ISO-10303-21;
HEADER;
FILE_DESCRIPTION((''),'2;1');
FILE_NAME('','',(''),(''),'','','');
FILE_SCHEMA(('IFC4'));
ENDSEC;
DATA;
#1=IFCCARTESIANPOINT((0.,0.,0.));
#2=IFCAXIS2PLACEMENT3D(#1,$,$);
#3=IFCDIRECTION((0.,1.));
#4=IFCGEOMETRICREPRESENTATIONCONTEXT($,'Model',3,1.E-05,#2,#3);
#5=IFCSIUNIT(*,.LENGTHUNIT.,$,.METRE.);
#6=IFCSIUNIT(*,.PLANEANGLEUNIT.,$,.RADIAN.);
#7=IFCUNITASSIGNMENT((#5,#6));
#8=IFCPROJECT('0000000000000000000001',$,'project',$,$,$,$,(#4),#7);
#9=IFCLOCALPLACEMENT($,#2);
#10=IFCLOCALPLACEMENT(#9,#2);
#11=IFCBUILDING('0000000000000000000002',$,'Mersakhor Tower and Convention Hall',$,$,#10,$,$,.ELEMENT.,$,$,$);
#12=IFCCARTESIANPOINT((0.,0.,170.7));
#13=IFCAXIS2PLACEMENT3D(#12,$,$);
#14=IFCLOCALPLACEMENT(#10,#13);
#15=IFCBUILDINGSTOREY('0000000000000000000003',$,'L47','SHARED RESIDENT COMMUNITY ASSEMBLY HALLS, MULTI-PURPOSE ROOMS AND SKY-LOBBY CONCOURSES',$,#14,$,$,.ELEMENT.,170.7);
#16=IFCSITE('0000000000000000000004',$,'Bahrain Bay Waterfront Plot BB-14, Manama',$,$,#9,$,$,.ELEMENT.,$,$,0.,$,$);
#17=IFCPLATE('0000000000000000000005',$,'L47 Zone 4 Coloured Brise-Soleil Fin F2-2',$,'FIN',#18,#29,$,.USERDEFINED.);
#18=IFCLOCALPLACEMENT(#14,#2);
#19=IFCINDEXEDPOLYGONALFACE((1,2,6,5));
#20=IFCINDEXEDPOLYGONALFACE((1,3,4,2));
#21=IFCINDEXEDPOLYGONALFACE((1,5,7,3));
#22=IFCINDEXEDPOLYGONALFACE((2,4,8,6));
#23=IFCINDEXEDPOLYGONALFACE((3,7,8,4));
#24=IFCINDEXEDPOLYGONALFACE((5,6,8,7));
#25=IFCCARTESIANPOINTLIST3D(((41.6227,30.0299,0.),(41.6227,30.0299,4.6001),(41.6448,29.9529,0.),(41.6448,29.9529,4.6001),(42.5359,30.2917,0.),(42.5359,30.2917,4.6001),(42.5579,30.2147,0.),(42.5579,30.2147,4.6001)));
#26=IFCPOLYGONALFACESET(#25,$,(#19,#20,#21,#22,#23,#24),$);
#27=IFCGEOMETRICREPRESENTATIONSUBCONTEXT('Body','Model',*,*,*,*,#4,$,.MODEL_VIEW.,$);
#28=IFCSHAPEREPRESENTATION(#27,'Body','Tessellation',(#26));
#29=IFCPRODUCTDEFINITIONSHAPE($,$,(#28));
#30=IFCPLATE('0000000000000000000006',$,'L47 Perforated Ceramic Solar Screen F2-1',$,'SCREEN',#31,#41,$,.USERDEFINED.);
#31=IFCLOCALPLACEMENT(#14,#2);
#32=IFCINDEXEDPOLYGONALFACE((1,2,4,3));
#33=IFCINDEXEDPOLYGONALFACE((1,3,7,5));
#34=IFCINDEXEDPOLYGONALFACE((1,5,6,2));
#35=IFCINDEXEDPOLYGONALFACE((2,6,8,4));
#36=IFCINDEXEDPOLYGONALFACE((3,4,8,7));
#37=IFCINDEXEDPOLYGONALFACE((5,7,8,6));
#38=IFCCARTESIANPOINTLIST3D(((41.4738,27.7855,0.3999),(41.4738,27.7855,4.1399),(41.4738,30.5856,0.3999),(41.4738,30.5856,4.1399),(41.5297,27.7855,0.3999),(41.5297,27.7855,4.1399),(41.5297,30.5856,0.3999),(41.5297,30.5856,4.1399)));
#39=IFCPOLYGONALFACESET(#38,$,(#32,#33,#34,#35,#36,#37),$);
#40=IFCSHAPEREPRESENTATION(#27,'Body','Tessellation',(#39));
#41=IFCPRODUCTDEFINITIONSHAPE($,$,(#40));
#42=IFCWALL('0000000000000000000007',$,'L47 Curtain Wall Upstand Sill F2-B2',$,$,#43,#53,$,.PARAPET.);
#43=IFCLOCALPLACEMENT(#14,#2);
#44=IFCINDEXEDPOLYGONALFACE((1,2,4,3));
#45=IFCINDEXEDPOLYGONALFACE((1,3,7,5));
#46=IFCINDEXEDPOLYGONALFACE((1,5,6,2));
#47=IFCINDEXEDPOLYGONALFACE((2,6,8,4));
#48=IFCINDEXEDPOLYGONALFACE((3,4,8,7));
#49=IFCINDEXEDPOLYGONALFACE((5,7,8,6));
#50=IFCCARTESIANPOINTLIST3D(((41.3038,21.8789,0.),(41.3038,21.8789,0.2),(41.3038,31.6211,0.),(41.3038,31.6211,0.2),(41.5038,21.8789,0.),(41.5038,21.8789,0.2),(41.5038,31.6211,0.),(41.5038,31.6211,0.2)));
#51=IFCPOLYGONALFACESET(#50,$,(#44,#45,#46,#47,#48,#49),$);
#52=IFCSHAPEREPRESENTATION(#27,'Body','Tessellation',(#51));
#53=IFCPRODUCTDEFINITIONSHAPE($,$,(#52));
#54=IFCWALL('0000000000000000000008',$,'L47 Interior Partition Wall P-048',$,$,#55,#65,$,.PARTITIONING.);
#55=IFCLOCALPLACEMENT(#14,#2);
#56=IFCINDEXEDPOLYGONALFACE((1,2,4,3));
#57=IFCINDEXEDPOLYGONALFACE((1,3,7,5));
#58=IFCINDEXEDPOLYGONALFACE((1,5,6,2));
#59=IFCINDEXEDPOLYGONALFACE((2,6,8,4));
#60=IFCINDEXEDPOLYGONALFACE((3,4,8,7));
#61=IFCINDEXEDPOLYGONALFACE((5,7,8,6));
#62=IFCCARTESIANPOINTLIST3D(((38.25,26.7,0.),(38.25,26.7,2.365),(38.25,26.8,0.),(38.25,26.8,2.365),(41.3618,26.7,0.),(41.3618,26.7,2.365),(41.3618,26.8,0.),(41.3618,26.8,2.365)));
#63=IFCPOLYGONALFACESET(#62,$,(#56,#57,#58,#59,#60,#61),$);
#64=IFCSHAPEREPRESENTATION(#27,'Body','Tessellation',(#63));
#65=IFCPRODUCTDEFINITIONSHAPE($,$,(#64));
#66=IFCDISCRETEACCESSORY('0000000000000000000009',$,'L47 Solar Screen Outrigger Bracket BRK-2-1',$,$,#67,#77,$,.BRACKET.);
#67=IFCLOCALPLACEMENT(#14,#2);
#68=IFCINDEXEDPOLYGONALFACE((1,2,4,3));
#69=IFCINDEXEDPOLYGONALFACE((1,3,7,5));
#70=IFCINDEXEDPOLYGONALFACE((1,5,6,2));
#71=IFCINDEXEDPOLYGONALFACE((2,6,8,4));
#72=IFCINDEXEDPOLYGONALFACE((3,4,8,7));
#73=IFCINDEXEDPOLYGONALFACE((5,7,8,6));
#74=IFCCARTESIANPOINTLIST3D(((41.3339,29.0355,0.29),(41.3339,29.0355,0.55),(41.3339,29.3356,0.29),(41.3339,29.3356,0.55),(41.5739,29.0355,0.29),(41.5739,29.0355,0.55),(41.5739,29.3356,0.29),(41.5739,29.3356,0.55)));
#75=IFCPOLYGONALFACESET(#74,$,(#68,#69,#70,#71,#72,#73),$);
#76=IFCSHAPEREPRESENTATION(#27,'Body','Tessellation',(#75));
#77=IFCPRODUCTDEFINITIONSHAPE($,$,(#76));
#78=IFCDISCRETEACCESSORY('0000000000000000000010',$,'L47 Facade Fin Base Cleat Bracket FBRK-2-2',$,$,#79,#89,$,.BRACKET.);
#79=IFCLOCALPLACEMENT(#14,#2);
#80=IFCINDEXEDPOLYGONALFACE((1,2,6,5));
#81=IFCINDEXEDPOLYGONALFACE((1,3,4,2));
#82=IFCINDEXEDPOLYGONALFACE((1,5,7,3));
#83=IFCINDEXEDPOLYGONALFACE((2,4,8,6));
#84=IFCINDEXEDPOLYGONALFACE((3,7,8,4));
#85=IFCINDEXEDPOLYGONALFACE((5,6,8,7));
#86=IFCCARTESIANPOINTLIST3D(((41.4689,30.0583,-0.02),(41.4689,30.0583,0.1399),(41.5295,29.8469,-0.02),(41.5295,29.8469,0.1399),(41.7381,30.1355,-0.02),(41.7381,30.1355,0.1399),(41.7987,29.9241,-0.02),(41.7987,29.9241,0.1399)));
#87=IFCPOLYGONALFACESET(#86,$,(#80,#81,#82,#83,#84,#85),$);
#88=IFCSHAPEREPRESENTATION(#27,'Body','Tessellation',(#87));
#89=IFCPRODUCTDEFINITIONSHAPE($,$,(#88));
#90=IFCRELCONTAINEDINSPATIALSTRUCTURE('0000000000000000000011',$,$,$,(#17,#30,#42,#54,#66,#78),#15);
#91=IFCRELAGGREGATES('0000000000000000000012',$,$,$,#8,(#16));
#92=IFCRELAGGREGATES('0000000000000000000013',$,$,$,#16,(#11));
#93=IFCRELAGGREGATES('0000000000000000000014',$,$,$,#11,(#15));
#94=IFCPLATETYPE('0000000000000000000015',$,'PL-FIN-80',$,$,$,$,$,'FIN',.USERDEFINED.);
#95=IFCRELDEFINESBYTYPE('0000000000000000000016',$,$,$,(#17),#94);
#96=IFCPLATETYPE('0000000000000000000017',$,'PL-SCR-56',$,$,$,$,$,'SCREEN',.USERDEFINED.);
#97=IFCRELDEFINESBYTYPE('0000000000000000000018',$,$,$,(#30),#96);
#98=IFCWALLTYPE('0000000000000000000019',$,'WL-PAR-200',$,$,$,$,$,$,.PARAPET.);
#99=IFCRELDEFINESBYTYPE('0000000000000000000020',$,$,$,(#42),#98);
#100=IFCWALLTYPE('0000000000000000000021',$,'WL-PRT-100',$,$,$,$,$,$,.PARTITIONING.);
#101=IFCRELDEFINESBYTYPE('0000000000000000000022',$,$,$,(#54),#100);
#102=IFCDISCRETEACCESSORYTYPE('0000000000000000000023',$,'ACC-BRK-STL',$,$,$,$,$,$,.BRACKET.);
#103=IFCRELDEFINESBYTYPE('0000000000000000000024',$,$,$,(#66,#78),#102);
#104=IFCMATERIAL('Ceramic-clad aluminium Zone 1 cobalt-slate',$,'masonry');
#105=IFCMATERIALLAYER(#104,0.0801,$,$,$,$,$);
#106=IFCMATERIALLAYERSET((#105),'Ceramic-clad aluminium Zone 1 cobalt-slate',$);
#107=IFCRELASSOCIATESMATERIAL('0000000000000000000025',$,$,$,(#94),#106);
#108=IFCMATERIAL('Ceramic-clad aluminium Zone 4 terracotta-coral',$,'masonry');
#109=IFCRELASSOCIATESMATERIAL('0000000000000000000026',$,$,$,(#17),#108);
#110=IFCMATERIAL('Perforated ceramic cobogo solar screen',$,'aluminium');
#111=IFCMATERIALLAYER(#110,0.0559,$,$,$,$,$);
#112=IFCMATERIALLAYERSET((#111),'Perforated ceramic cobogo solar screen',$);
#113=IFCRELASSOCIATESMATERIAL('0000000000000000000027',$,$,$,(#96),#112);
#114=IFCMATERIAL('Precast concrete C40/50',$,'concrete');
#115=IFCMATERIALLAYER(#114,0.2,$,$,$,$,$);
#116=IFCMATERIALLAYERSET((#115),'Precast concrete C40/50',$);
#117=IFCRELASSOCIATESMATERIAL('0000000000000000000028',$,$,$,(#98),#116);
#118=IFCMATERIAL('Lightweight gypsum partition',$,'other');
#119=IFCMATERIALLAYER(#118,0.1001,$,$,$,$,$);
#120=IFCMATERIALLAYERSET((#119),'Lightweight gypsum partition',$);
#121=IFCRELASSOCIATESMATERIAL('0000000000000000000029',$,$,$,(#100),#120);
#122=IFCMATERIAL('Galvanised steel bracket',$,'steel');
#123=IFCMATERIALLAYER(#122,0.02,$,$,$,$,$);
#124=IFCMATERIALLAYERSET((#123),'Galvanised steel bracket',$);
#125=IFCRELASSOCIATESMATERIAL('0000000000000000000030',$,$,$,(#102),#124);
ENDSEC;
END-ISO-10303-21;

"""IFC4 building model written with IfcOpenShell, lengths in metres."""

from ifc_helpers import new_model, si_unit, direction, frame, frame_2d, origin, origin_2d, place, context, subcontext, project, spatial, rectangle, extrude, material, layer, layer_set, type_object, element, save


model = new_model("IFC4")

# Units and contexts
model_context = context("Model", 3, precision=1e-05, world=origin(), true_north=direction((0.0, 1.0)))
body_context = subcontext(model_context, "Body", "Model", "MODEL_VIEW")
ifc_project = project(units=[si_unit("LENGTHUNIT", "METRE"), si_unit("PLANEANGLEUNIT", "RADIAN")], contexts=[model_context])

# Site, building, storey
site_placement = place(None, origin())
site = spatial("IfcSite", under=ifc_project, at=site_placement, Name="Bahrain Bay Waterfront Plot BB-14, Manama", CompositionType="ELEMENT", RefElevation=0.0)
building_placement = place(site_placement, origin())
building = spatial("IfcBuilding", under=site, at=building_placement, Name="Mersakhor Tower and Convention Hall", CompositionType="ELEMENT")
storey_placement = place(building_placement, frame((0.0, 0.0, 170.7)))
storey = spatial("IfcBuildingStorey", under=building, at=storey_placement, Name="L47", Description="SHARED RESIDENT COMMUNITY ASSEMBLY HALLS, MULTI-PURPOSE ROOMS AND SKY-LOBBY CONCOURSES", CompositionType="ELEMENT", Elevation=170.7)

# Plates
ifc_material_1 = material(Name="Ceramic-clad aluminium Zone 4 terracotta-coral", Category="masonry")
ifc_material_2 = material(Name="Ceramic-clad aluminium Zone 1 cobalt-slate", Category="masonry")
ifc_layer_1 = layer(ifc_material_2, 0.0801)
ifc_layer_set_1 = layer_set([ifc_layer_1], Name="Ceramic-clad aluminium Zone 1 cobalt-slate")
plate_type_1 = type_object("IfcPlateType", Name="PL-FIN-80", ElementType="FIN", PredefinedType="USERDEFINED", material=ifc_layer_set_1)
plate_1_placement = place(storey_placement, frame((42.0903, 30.1223, 0.0), z_axis=(0.0, 0.0, 1.0), x_axis=(0.961262, 0.275637, 0.0)))
element("IfcPlate", 1, at=plate_1_placement, inside=storey, type_object=plate_type_1, material=ifc_material_1, Name="L47 Zone 4 Coloured Brise-Soleil Fin F2-2", ObjectType="FIN", PredefinedType="USERDEFINED", context=body_context, shape_type="SweptSolid", body=[
    extrude(rectangle(XDim=0.95, YDim=0.0801, at=origin_2d()), origin(), (0.0, 0.0, 1.0), 4.6001),
])
ifc_material_3 = material(Name="Perforated ceramic cobogo solar screen", Category="aluminium")
ifc_layer_2 = layer(ifc_material_3, 0.0559)
ifc_layer_set_2 = layer_set([ifc_layer_2], Name="Perforated ceramic cobogo solar screen")
plate_type_2 = type_object("IfcPlateType", Name="PL-SCR-56", ElementType="SCREEN", PredefinedType="USERDEFINED", material=ifc_layer_set_2)
plate_2_placement = place(storey_placement, frame((41.5017, 29.1855, 0.3999), z_axis=(0.0, 0.0, 1.0), x_axis=(0.0, -1.0, 0.0)))
element("IfcPlate", 2, at=plate_2_placement, inside=storey, type_object=plate_type_2, Name="L47 Perforated Ceramic Solar Screen F2-1", ObjectType="SCREEN", PredefinedType="USERDEFINED", context=body_context, shape_type="SweptSolid", body=[
    extrude(rectangle(XDim=2.8, YDim=0.0559, at=origin_2d()), origin(), (0.0, 0.0, 1.0), 3.74),
])

# Walls
ifc_material_4 = material(Name="Precast concrete C40/50", Category="concrete")
ifc_layer_3 = layer(ifc_material_4, 0.2)
ifc_layer_set_3 = layer_set([ifc_layer_3], Name="Precast concrete C40/50")
wall_type_1 = type_object("IfcWallType", Name="WL-PAR-200", PredefinedType="PARAPET", material=ifc_layer_set_3)
wall_1_placement = place(storey_placement, frame((41.4038, 31.6211, 0.0), z_axis=(0.0, 0.0, 1.0), x_axis=(0.0, -1.0, 0.0)))
element("IfcWall", 3, at=wall_1_placement, inside=storey, type_object=wall_type_1, Name="L47 Curtain Wall Upstand Sill F2-B2", PredefinedType="PARAPET", context=body_context, shape_type="SweptSolid", body=[
    extrude(rectangle(XDim=9.7422, YDim=0.2, at=frame_2d((4.8711, 0.0))), origin(), (0.0, 0.0, 1.0), 0.2),
])
ifc_material_5 = material(Name="Lightweight gypsum partition", Category="other")
ifc_layer_4 = layer(ifc_material_5, 0.1001)
ifc_layer_set_4 = layer_set([ifc_layer_4], Name="Lightweight gypsum partition")
wall_type_2 = type_object("IfcWallType", Name="WL-PRT-100", PredefinedType="PARTITIONING", material=ifc_layer_set_4)
wall_2_placement = place(storey_placement, frame((41.3618, 26.75, 0.0), z_axis=(0.0, 0.0, 1.0), x_axis=(-1.0, 0.0, 0.0)))
element("IfcWall", 4, at=wall_2_placement, inside=storey, type_object=wall_type_2, Name="L47 Interior Partition Wall P-048", PredefinedType="PARTITIONING", context=body_context, shape_type="SweptSolid", body=[
    extrude(rectangle(XDim=3.1118, YDim=0.1001, at=frame_2d((1.5559, 0.0))), origin(), (0.0, 0.0, 1.0), 2.365),
])

# Discrete accessories
ifc_material_6 = material(Name="Galvanised steel bracket", Category="steel")
ifc_layer_5 = layer(ifc_material_6, 0.02)
ifc_layer_set_5 = layer_set([ifc_layer_5], Name="Galvanised steel bracket")
discrete_accessory_type = type_object("IfcDiscreteAccessoryType", Name="ACC-BRK-STL", PredefinedType="BRACKET", material=ifc_layer_set_5)
discrete_accessory_1_placement = place(storey_placement, frame((41.4539, 29.1855, 0.29), z_axis=(0.0, 0.0, 1.0), x_axis=(0.0, -1.0, 0.0)))
element("IfcDiscreteAccessory", 5, at=discrete_accessory_1_placement, inside=storey, type_object=discrete_accessory_type, Name="L47 Solar Screen Outrigger Bracket BRK-2-1", PredefinedType="BRACKET", context=body_context, shape_type="SweptSolid", body=[
    extrude(rectangle(XDim=0.3, YDim=0.24, at=origin_2d()), origin(), (0.0, 0.0, 1.0), 0.26),
])
discrete_accessory_2_placement = place(storey_placement, frame((41.6338, 29.9912, -0.02), z_axis=(0.0, 0.0, 1.0), x_axis=(0.961262, 0.275637, 0.0)))
element("IfcDiscreteAccessory", 6, at=discrete_accessory_2_placement, inside=storey, type_object=discrete_accessory_type, Name="L47 Facade Fin Base Cleat Bracket FBRK-2-2", PredefinedType="BRACKET", context=body_context, shape_type="SweptSolid", body=[
    extrude(rectangle(XDim=0.28, YDim=0.22, at=origin_2d()), origin(), (0.0, 0.0, 1.0), 0.1599),
])

save(model, "model.ifc")
